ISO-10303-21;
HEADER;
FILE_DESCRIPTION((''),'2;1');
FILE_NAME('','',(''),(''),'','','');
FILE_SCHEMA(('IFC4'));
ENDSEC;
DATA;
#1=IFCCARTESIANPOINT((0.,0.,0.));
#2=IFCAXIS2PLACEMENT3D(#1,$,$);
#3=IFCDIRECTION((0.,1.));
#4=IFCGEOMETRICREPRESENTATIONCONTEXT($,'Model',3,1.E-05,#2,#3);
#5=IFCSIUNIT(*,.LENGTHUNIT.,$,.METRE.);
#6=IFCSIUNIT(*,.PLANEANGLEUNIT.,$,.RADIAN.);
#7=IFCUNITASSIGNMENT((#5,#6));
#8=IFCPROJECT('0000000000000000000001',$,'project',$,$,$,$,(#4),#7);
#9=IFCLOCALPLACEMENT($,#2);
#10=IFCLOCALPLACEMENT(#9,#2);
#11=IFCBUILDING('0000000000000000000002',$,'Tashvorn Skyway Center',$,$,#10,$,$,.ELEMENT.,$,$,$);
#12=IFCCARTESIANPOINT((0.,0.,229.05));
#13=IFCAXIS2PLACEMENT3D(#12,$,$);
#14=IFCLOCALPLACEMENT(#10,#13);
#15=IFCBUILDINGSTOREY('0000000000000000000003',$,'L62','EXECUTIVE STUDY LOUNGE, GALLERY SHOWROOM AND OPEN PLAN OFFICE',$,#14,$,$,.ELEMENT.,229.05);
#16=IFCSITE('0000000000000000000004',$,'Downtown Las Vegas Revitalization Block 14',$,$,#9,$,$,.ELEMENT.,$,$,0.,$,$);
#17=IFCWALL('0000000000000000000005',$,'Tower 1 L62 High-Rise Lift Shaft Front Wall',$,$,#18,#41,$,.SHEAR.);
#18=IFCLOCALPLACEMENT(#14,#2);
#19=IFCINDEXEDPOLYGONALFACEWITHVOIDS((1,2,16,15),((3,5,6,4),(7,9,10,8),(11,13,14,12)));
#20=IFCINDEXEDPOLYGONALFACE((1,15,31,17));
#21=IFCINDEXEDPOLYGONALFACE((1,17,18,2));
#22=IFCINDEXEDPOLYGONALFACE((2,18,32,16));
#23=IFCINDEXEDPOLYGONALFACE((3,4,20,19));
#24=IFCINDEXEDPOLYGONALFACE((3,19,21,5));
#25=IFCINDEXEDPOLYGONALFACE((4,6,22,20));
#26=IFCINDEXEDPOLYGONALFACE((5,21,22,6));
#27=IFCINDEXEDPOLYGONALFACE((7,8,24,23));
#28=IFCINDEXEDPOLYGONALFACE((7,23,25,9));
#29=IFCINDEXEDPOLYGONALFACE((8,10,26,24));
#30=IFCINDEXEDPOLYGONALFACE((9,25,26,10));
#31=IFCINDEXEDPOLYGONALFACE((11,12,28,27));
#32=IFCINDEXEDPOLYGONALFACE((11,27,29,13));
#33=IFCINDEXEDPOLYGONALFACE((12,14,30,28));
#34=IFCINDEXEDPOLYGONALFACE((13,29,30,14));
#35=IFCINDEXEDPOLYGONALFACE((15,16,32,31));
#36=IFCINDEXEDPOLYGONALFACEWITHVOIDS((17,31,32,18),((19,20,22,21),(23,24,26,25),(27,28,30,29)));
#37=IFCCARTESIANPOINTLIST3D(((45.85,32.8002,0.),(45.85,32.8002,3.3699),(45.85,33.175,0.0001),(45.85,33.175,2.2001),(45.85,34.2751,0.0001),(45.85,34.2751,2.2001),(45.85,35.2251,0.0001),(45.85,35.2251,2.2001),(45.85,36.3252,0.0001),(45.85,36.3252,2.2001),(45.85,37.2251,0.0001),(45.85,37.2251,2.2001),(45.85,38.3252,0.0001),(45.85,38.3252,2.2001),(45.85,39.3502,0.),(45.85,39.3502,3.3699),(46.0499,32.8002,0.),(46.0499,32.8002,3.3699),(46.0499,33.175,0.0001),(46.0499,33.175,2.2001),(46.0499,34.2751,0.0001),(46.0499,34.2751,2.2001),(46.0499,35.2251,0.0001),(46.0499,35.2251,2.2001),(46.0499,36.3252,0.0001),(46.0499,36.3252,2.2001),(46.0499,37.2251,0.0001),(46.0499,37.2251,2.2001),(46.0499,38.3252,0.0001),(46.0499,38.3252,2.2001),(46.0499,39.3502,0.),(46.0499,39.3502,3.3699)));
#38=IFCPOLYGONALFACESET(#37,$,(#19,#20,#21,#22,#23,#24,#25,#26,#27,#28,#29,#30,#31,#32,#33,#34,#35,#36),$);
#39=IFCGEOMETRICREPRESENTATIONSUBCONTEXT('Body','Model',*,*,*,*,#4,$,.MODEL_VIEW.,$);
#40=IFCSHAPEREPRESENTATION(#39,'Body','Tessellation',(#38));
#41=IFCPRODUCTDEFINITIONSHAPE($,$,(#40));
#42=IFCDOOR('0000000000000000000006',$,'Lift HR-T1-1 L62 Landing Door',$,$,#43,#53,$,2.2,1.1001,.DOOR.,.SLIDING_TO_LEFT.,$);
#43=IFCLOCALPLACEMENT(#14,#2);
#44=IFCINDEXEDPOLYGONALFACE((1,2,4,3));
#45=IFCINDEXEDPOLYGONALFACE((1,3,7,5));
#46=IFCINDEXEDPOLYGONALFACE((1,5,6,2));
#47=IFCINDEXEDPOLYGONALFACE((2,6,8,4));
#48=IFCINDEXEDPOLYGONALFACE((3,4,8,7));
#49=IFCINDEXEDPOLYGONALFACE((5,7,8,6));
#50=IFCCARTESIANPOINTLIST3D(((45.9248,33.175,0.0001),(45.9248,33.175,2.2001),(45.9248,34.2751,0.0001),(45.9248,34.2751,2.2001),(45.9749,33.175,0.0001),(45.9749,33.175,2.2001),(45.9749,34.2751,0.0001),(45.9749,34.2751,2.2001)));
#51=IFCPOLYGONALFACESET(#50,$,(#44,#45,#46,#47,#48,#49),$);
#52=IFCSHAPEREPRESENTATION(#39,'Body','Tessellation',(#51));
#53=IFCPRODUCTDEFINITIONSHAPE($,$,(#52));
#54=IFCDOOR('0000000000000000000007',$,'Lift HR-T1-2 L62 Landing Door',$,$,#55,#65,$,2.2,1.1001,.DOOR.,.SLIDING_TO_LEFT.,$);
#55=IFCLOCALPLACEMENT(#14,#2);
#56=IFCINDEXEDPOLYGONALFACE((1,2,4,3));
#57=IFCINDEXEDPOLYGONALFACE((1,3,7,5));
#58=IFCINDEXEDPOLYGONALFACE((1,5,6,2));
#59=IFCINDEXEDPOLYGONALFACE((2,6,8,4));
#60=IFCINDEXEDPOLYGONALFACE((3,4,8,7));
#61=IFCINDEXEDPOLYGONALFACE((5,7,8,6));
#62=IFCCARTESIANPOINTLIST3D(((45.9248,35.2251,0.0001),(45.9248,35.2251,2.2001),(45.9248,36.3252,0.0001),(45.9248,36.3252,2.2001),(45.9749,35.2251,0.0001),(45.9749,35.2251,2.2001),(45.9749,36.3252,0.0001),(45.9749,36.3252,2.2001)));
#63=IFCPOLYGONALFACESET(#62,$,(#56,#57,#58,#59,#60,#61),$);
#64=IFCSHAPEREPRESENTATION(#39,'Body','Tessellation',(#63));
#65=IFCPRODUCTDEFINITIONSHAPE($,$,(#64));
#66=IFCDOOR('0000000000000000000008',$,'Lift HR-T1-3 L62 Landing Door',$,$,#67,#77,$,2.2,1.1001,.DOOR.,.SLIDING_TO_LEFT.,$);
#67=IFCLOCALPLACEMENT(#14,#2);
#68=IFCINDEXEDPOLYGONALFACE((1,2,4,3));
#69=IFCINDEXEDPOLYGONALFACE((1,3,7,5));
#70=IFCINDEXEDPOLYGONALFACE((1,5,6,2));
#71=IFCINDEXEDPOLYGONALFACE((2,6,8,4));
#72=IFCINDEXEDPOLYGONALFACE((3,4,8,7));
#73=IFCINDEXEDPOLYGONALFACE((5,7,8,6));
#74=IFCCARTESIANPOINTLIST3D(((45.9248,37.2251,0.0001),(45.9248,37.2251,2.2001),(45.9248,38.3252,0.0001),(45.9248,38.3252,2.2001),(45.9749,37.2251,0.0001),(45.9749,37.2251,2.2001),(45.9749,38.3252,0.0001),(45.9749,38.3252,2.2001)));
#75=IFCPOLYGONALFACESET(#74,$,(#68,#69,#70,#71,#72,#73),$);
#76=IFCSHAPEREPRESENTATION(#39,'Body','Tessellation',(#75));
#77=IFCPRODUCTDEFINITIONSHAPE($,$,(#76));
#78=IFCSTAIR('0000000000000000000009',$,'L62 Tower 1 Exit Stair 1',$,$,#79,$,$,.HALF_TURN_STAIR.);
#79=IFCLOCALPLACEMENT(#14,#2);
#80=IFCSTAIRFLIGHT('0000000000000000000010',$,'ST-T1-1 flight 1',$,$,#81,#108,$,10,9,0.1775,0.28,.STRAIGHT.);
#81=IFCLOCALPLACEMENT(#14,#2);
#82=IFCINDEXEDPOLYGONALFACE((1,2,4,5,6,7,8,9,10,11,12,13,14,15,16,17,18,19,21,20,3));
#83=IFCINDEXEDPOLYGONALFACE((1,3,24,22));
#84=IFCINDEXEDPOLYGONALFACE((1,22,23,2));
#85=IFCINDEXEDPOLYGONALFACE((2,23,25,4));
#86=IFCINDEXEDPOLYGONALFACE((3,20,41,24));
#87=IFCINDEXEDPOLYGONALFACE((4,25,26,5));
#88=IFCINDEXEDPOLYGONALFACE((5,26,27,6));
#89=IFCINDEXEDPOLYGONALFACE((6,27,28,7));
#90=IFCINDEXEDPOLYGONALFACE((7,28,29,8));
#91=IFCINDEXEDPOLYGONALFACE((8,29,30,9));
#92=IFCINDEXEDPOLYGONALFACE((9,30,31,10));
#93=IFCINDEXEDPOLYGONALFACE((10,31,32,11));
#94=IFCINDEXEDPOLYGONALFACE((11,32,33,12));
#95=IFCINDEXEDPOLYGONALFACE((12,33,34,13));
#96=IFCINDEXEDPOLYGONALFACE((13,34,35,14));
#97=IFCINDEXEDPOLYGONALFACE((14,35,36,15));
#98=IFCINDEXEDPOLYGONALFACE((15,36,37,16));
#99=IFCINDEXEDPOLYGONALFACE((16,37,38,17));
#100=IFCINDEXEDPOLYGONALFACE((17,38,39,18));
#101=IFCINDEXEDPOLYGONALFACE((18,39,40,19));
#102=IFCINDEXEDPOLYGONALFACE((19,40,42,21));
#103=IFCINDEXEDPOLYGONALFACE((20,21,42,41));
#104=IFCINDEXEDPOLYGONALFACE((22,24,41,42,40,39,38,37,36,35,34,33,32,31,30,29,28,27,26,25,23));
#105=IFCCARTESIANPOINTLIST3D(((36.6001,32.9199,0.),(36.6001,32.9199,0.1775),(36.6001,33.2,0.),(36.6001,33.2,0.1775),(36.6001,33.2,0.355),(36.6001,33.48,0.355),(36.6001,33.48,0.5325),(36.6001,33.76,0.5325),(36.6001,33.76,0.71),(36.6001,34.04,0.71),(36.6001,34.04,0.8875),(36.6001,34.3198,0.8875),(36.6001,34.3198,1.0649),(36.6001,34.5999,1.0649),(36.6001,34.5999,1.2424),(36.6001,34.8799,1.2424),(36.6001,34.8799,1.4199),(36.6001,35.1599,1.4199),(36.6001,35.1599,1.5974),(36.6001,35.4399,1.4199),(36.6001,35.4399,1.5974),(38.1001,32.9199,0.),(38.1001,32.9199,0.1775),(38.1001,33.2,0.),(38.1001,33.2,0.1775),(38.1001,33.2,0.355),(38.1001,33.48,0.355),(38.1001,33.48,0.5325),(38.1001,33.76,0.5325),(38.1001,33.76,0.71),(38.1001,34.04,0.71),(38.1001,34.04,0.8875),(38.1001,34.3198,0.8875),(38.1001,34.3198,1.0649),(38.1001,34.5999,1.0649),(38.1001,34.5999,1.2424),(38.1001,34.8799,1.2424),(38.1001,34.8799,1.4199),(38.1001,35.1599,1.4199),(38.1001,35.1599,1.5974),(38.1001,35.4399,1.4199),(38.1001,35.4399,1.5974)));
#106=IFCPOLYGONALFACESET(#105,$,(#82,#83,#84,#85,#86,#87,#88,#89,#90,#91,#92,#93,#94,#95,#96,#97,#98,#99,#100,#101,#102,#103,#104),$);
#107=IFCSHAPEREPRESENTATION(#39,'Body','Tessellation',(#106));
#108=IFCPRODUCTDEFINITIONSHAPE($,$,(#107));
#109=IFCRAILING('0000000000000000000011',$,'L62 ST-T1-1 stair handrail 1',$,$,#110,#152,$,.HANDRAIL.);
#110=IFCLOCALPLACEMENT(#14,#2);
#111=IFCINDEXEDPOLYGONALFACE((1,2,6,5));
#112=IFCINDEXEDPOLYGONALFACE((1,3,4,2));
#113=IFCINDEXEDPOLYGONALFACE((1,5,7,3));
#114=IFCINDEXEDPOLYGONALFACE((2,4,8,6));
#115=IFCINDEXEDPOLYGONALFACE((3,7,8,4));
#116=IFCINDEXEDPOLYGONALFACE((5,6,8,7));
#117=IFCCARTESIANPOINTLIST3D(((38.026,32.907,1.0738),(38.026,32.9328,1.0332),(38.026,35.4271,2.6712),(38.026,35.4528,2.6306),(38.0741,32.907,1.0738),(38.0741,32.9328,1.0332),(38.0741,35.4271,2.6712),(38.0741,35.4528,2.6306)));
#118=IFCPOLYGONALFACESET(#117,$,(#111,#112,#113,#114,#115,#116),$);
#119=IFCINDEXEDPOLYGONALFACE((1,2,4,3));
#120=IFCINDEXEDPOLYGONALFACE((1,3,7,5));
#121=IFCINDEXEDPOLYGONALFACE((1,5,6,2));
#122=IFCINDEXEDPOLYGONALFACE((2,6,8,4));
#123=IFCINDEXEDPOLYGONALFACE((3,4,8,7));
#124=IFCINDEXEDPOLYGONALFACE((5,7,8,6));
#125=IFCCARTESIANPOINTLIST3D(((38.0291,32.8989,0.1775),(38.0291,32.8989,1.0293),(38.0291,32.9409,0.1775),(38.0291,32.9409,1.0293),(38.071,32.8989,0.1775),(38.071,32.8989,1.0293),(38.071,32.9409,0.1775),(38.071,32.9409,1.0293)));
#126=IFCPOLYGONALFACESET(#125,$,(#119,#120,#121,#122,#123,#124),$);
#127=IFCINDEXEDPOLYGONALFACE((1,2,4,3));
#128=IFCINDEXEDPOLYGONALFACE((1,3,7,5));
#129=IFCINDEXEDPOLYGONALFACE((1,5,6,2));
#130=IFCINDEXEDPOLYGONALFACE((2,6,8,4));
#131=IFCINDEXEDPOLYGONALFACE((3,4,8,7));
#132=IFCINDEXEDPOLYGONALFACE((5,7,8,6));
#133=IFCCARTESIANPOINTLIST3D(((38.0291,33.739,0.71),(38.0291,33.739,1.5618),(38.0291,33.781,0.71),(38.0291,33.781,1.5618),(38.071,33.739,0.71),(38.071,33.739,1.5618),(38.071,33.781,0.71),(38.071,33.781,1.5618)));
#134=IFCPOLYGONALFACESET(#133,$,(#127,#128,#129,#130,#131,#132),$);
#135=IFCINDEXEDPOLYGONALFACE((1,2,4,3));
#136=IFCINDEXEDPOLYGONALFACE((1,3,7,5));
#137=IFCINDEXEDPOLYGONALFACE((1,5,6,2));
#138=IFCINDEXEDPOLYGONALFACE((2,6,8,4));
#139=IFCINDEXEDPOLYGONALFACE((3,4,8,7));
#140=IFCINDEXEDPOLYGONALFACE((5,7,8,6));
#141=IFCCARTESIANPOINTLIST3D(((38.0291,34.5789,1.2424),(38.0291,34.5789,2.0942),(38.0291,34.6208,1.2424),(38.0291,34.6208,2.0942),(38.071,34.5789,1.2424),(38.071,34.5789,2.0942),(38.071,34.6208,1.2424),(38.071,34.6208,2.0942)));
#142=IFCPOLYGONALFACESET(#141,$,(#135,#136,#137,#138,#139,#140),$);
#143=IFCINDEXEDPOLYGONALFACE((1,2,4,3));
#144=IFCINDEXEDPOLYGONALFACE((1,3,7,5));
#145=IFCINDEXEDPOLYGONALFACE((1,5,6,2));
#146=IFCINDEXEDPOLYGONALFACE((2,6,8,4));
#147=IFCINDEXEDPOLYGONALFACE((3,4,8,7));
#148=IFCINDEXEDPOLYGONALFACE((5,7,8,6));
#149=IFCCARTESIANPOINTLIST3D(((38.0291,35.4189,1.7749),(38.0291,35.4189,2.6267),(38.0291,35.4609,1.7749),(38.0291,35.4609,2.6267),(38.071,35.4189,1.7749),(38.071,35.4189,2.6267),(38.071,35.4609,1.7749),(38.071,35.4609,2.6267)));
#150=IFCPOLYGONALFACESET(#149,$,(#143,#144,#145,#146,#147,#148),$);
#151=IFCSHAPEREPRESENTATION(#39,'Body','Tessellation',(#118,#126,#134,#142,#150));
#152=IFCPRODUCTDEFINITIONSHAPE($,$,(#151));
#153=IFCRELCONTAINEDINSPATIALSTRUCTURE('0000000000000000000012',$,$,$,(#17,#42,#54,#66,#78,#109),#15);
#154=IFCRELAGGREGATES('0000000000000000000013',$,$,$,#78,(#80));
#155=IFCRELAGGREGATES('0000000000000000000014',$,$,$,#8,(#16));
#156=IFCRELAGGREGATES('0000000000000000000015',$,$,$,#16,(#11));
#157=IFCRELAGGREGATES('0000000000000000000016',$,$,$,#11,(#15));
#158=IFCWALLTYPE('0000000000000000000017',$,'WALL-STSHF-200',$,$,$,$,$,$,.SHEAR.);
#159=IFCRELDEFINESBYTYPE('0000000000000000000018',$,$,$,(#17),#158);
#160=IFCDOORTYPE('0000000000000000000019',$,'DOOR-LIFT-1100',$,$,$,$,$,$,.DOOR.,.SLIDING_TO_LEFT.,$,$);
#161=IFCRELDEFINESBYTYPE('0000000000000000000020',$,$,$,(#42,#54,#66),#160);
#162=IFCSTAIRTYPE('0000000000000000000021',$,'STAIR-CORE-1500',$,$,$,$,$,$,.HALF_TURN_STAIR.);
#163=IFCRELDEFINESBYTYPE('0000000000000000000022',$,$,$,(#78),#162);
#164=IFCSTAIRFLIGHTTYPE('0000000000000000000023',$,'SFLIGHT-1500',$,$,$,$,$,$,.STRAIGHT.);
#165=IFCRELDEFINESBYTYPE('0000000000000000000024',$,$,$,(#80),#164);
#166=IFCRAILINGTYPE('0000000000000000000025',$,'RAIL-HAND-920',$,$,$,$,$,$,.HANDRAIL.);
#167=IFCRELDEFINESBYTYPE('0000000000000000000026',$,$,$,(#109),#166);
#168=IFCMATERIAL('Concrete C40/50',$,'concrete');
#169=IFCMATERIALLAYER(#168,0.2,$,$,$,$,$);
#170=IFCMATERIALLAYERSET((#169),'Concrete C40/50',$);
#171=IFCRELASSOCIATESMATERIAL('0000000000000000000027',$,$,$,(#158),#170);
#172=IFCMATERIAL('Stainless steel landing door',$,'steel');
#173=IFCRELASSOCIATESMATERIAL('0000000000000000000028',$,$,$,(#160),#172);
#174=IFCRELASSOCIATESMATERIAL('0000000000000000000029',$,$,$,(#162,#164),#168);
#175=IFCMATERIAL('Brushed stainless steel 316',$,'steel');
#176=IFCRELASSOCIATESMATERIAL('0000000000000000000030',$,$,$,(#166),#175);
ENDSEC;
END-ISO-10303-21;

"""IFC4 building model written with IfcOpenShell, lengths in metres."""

from ifc_helpers import new_model, si_unit, direction, frame, frame_2d, origin, origin_2d, place, context, subcontext, project, spatial, polyline, rectangle, outline, extrude, material, layer, layer_set, type_object, element, fill, aggregate, save


model = new_model("IFC4")

# Units and contexts
model_context = context("Model", 3, precision=1e-05, world=origin(), true_north=direction((0.0, 1.0)))
body_context = subcontext(model_context, "Body", "Model", "MODEL_VIEW")
ifc_project = project(units=[si_unit("LENGTHUNIT", "METRE"), si_unit("PLANEANGLEUNIT", "RADIAN")], contexts=[model_context])

# Site, building, storey
site_placement = place(None, origin())
site = spatial("IfcSite", under=ifc_project, at=site_placement, Name="Downtown Las Vegas Revitalization Block 14", CompositionType="ELEMENT", RefElevation=0.0)
building_placement = place(site_placement, origin())
building = spatial("IfcBuilding", under=site, at=building_placement, Name="Tashvorn Skyway Center", CompositionType="ELEMENT")
storey_placement = place(building_placement, frame((0.0, 0.0, 229.05)))
storey = spatial("IfcBuildingStorey", under=building, at=storey_placement, Name="L62", Description="EXECUTIVE STUDY LOUNGE, GALLERY SHOWROOM AND OPEN PLAN OFFICE", CompositionType="ELEMENT", Elevation=229.05)

# Shared definitions
ifc_material_1 = material(Name="Concrete C40/50", Category="concrete")

# Shared definitions
ifc_layer_1 = layer(ifc_material_1, 0.2)
ifc_layer_set_1 = layer_set([ifc_layer_1], Name="Concrete C40/50")
wall_type_1 = type_object("IfcWallType", Name="WALL-STSHF-200", PredefinedType="SHEAR", material=ifc_layer_set_1)

# Wall, openings, doors
wall_1_placement = place(storey_placement, frame((45.95, 39.3501, 0.0), z_axis=(0.0, 0.0, 1.0), x_axis=(0.0, -1.0, 0.0)))
wall_1 = element("IfcWall", 1, at=wall_1_placement, inside=storey, type_object=wall_type_1, Name="Tower 1 L62 High-Rise Lift Shaft Front Wall", PredefinedType="SHEAR", context=body_context, shape_type="SweptSolid", body=[
    extrude(rectangle(XDim=6.55, YDim=0.2, at=frame_2d((3.2749, 0.0))), origin(), (0.0, 0.0, 1.0), 3.3699),
])
opening_1_placement = place(wall_1_placement, frame((5.075, 0.0, 0.0)))
opening_1 = element("IfcOpeningElement", 2, at=opening_1_placement, cuts=wall_1, PredefinedType="OPENING", context=body_context, shape_type="SweptSolid", body=[
    extrude(rectangle(XDim=1.1001, YDim=2.2, at=frame_2d((0.55, 1.1001))), frame((0.0, 0.1099, 0.0), z_axis=(0.0, -1.0, 0.0), x_axis=(1.0, 0.0, 0.0)), (0.0, 0.0, 1.0), 0.22),
])
opening_2_placement = place(wall_1_placement, frame((3.0249, 0.0, 0.0)))
opening_2 = element("IfcOpeningElement", 3, at=opening_2_placement, cuts=wall_1, PredefinedType="OPENING", context=body_context, shape_type="SweptSolid", body=[
    extrude(rectangle(XDim=1.1001, YDim=2.2, at=frame_2d((0.55, 1.1001))), frame((0.0, 0.1099, 0.0), z_axis=(0.0, -1.0, 0.0), x_axis=(1.0, 0.0, 0.0)), (0.0, 0.0, 1.0), 0.22),
])
opening_3_placement = place(wall_1_placement, frame((1.0249, 0.0, 0.0)))
opening_3 = element("IfcOpeningElement", 4, at=opening_3_placement, cuts=wall_1, PredefinedType="OPENING", context=body_context, shape_type="SweptSolid", body=[
    extrude(rectangle(XDim=1.1001, YDim=2.2, at=frame_2d((0.55, 1.1001))), frame((0.0, 0.1099, 0.0), z_axis=(0.0, -1.0, 0.0), x_axis=(1.0, 0.0, 0.0)), (0.0, 0.0, 1.0), 0.22),
])
ifc_material_2 = material(Name="Stainless steel landing door", Category="steel")
door_type_1 = type_object("IfcDoorType", Name="DOOR-LIFT-1100", OperationType="SLIDING_TO_LEFT", PredefinedType="DOOR", material=ifc_material_2)
door_1_placement = place(opening_1_placement, origin())
door_1 = element("IfcDoor", 5, at=door_1_placement, inside=storey, type_object=door_type_1, Name="Lift HR-T1-1 L62 Landing Door", OperationType="SLIDING_TO_LEFT", OverallHeight=2.2, OverallWidth=1.1001, PredefinedType="DOOR", context=body_context, shape_type="SweptSolid", body=[
    extrude(rectangle(XDim=1.1001, YDim=2.2, at=frame_2d((0.55, 1.1001))), frame((0.0, 0.0249, 0.0), z_axis=(0.0, -1.0, 0.0), x_axis=(1.0, 0.0, 0.0)), (0.0, 0.0, 1.0), 0.05),
])
fill(opening_1, door_1)
door_2_placement = place(opening_2_placement, origin())
door_2 = element("IfcDoor", 6, at=door_2_placement, inside=storey, type_object=door_type_1, Name="Lift HR-T1-2 L62 Landing Door", OperationType="SLIDING_TO_LEFT", OverallHeight=2.2, OverallWidth=1.1001, PredefinedType="DOOR", context=body_context, shape_type="SweptSolid", body=[
    extrude(rectangle(XDim=1.1001, YDim=2.2, at=frame_2d((0.55, 1.1001))), frame((0.0, 0.0249, 0.0), z_axis=(0.0, -1.0, 0.0), x_axis=(1.0, 0.0, 0.0)), (0.0, 0.0, 1.0), 0.05),
])
fill(opening_2, door_2)
door_3_placement = place(opening_3_placement, origin())
door_3 = element("IfcDoor", 7, at=door_3_placement, inside=storey, type_object=door_type_1, Name="Lift HR-T1-3 L62 Landing Door", OperationType="SLIDING_TO_LEFT", OverallHeight=2.2, OverallWidth=1.1001, PredefinedType="DOOR", context=body_context, shape_type="SweptSolid", body=[
    extrude(rectangle(XDim=1.1001, YDim=2.2, at=frame_2d((0.55, 1.1001))), frame((0.0, 0.0249, 0.0), z_axis=(0.0, -1.0, 0.0), x_axis=(1.0, 0.0, 0.0)), (0.0, 0.0, 1.0), 0.05),
])
fill(opening_3, door_3)

# Stair, stair flight
stair_type = type_object("IfcStairType", Name="STAIR-CORE-1500", PredefinedType="HALF_TURN_STAIR", material=ifc_material_1)
stair_placement = place(storey_placement, origin())
stair = element("IfcStair", 8, at=stair_placement, inside=storey, type_object=stair_type, Name="L62 Tower 1 Exit Stair 1", PredefinedType="HALF_TURN_STAIR")
stair_flight_type = type_object("IfcStairFlightType", Name="SFLIGHT-1500", PredefinedType="STRAIGHT", material=ifc_material_1)
stair_flight_placement = place(storey_placement, frame((37.3501, 32.9199, 0.0), z_axis=(0.0, 0.0, 1.0), x_axis=(0.0, 1.0, 0.0)))
stair_flight = element("IfcStairFlight", 9, at=stair_flight_placement, type_object=stair_flight_type, Name="ST-T1-1 flight 1", NumberOfRisers=10, NumberOfTreads=9, PredefinedType="STRAIGHT", RiserHeight=0.1775, TreadLength=0.28, context=body_context, shape_type="SweptSolid", body=[
    extrude(outline(polyline([(0.0, 0.0), (0.0, 0.1775), (0.28, 0.1775), (0.28, 0.355), (0.5601, 0.355), (0.5601, 0.5325), (0.8401, 0.5325), (0.8401, 0.71), (1.1201, 0.71), (1.1201, 0.8875), (1.3999, 0.8875), (1.3999, 1.0649), (1.6799, 1.0649), (1.6799, 1.2424), (1.96, 1.2424), (1.96, 1.4199), (2.24, 1.4199), (2.24, 1.5974), (2.52, 1.5974), (2.52, 1.7749), (2.52, 1.4199), (0.28, 0.0), (0.0, 0.0)])), frame((0.0, 0.75, 0.0), z_axis=(0.0, -1.0, 0.0), x_axis=(1.0, 0.0, 0.0)), (0.0, 0.0, 1.0), 1.5),
])
aggregate(stair, [stair_flight])

# Railing
ifc_material_3 = material(Name="Brushed stainless steel 316", Category="steel")
railing_type_1 = type_object("IfcRailingType", Name="RAIL-HAND-920", PredefinedType="HANDRAIL", material=ifc_material_3)
railing_1_placement = place(storey_placement, frame((38.05, 32.9199, 0.1775)))
element("IfcRailing", 10, at=railing_1_placement, inside=storey, type_object=railing_type_1, Name="L62 ST-T1-1 stair handrail 1", PredefinedType="HANDRAIL", context=body_context, shape_type="SweptSolid", body=[
    extrude(rectangle(XDim=0.0481, YDim=0.0481, at=origin_2d()), frame((0.0, 0.0, 0.876), z_axis=(0.0, 0.844607, 0.535387), x_axis=(-1.0, 0.0, 0.0)), (0.0, 0.0, 1.0), 2.9836),
    extrude(rectangle(XDim=0.042, YDim=0.042, at=origin_2d()), origin(), (0.0, 0.0, 1.0), 0.8518),
    extrude(rectangle(XDim=0.042, YDim=0.042, at=origin_2d()), frame((0.0, 0.8401, 0.5325)), (0.0, 0.0, 1.0), 0.8518),
    extrude(rectangle(XDim=0.042, YDim=0.042, at=origin_2d()), frame((0.0, 1.6799, 1.0649)), (0.0, 0.0, 1.0), 0.8518),
    extrude(rectangle(XDim=0.042, YDim=0.042, at=origin_2d()), frame((0.0, 2.52, 1.5974)), (0.0, 0.0, 1.0), 0.8518),
])

save(model, "model.ifc")
